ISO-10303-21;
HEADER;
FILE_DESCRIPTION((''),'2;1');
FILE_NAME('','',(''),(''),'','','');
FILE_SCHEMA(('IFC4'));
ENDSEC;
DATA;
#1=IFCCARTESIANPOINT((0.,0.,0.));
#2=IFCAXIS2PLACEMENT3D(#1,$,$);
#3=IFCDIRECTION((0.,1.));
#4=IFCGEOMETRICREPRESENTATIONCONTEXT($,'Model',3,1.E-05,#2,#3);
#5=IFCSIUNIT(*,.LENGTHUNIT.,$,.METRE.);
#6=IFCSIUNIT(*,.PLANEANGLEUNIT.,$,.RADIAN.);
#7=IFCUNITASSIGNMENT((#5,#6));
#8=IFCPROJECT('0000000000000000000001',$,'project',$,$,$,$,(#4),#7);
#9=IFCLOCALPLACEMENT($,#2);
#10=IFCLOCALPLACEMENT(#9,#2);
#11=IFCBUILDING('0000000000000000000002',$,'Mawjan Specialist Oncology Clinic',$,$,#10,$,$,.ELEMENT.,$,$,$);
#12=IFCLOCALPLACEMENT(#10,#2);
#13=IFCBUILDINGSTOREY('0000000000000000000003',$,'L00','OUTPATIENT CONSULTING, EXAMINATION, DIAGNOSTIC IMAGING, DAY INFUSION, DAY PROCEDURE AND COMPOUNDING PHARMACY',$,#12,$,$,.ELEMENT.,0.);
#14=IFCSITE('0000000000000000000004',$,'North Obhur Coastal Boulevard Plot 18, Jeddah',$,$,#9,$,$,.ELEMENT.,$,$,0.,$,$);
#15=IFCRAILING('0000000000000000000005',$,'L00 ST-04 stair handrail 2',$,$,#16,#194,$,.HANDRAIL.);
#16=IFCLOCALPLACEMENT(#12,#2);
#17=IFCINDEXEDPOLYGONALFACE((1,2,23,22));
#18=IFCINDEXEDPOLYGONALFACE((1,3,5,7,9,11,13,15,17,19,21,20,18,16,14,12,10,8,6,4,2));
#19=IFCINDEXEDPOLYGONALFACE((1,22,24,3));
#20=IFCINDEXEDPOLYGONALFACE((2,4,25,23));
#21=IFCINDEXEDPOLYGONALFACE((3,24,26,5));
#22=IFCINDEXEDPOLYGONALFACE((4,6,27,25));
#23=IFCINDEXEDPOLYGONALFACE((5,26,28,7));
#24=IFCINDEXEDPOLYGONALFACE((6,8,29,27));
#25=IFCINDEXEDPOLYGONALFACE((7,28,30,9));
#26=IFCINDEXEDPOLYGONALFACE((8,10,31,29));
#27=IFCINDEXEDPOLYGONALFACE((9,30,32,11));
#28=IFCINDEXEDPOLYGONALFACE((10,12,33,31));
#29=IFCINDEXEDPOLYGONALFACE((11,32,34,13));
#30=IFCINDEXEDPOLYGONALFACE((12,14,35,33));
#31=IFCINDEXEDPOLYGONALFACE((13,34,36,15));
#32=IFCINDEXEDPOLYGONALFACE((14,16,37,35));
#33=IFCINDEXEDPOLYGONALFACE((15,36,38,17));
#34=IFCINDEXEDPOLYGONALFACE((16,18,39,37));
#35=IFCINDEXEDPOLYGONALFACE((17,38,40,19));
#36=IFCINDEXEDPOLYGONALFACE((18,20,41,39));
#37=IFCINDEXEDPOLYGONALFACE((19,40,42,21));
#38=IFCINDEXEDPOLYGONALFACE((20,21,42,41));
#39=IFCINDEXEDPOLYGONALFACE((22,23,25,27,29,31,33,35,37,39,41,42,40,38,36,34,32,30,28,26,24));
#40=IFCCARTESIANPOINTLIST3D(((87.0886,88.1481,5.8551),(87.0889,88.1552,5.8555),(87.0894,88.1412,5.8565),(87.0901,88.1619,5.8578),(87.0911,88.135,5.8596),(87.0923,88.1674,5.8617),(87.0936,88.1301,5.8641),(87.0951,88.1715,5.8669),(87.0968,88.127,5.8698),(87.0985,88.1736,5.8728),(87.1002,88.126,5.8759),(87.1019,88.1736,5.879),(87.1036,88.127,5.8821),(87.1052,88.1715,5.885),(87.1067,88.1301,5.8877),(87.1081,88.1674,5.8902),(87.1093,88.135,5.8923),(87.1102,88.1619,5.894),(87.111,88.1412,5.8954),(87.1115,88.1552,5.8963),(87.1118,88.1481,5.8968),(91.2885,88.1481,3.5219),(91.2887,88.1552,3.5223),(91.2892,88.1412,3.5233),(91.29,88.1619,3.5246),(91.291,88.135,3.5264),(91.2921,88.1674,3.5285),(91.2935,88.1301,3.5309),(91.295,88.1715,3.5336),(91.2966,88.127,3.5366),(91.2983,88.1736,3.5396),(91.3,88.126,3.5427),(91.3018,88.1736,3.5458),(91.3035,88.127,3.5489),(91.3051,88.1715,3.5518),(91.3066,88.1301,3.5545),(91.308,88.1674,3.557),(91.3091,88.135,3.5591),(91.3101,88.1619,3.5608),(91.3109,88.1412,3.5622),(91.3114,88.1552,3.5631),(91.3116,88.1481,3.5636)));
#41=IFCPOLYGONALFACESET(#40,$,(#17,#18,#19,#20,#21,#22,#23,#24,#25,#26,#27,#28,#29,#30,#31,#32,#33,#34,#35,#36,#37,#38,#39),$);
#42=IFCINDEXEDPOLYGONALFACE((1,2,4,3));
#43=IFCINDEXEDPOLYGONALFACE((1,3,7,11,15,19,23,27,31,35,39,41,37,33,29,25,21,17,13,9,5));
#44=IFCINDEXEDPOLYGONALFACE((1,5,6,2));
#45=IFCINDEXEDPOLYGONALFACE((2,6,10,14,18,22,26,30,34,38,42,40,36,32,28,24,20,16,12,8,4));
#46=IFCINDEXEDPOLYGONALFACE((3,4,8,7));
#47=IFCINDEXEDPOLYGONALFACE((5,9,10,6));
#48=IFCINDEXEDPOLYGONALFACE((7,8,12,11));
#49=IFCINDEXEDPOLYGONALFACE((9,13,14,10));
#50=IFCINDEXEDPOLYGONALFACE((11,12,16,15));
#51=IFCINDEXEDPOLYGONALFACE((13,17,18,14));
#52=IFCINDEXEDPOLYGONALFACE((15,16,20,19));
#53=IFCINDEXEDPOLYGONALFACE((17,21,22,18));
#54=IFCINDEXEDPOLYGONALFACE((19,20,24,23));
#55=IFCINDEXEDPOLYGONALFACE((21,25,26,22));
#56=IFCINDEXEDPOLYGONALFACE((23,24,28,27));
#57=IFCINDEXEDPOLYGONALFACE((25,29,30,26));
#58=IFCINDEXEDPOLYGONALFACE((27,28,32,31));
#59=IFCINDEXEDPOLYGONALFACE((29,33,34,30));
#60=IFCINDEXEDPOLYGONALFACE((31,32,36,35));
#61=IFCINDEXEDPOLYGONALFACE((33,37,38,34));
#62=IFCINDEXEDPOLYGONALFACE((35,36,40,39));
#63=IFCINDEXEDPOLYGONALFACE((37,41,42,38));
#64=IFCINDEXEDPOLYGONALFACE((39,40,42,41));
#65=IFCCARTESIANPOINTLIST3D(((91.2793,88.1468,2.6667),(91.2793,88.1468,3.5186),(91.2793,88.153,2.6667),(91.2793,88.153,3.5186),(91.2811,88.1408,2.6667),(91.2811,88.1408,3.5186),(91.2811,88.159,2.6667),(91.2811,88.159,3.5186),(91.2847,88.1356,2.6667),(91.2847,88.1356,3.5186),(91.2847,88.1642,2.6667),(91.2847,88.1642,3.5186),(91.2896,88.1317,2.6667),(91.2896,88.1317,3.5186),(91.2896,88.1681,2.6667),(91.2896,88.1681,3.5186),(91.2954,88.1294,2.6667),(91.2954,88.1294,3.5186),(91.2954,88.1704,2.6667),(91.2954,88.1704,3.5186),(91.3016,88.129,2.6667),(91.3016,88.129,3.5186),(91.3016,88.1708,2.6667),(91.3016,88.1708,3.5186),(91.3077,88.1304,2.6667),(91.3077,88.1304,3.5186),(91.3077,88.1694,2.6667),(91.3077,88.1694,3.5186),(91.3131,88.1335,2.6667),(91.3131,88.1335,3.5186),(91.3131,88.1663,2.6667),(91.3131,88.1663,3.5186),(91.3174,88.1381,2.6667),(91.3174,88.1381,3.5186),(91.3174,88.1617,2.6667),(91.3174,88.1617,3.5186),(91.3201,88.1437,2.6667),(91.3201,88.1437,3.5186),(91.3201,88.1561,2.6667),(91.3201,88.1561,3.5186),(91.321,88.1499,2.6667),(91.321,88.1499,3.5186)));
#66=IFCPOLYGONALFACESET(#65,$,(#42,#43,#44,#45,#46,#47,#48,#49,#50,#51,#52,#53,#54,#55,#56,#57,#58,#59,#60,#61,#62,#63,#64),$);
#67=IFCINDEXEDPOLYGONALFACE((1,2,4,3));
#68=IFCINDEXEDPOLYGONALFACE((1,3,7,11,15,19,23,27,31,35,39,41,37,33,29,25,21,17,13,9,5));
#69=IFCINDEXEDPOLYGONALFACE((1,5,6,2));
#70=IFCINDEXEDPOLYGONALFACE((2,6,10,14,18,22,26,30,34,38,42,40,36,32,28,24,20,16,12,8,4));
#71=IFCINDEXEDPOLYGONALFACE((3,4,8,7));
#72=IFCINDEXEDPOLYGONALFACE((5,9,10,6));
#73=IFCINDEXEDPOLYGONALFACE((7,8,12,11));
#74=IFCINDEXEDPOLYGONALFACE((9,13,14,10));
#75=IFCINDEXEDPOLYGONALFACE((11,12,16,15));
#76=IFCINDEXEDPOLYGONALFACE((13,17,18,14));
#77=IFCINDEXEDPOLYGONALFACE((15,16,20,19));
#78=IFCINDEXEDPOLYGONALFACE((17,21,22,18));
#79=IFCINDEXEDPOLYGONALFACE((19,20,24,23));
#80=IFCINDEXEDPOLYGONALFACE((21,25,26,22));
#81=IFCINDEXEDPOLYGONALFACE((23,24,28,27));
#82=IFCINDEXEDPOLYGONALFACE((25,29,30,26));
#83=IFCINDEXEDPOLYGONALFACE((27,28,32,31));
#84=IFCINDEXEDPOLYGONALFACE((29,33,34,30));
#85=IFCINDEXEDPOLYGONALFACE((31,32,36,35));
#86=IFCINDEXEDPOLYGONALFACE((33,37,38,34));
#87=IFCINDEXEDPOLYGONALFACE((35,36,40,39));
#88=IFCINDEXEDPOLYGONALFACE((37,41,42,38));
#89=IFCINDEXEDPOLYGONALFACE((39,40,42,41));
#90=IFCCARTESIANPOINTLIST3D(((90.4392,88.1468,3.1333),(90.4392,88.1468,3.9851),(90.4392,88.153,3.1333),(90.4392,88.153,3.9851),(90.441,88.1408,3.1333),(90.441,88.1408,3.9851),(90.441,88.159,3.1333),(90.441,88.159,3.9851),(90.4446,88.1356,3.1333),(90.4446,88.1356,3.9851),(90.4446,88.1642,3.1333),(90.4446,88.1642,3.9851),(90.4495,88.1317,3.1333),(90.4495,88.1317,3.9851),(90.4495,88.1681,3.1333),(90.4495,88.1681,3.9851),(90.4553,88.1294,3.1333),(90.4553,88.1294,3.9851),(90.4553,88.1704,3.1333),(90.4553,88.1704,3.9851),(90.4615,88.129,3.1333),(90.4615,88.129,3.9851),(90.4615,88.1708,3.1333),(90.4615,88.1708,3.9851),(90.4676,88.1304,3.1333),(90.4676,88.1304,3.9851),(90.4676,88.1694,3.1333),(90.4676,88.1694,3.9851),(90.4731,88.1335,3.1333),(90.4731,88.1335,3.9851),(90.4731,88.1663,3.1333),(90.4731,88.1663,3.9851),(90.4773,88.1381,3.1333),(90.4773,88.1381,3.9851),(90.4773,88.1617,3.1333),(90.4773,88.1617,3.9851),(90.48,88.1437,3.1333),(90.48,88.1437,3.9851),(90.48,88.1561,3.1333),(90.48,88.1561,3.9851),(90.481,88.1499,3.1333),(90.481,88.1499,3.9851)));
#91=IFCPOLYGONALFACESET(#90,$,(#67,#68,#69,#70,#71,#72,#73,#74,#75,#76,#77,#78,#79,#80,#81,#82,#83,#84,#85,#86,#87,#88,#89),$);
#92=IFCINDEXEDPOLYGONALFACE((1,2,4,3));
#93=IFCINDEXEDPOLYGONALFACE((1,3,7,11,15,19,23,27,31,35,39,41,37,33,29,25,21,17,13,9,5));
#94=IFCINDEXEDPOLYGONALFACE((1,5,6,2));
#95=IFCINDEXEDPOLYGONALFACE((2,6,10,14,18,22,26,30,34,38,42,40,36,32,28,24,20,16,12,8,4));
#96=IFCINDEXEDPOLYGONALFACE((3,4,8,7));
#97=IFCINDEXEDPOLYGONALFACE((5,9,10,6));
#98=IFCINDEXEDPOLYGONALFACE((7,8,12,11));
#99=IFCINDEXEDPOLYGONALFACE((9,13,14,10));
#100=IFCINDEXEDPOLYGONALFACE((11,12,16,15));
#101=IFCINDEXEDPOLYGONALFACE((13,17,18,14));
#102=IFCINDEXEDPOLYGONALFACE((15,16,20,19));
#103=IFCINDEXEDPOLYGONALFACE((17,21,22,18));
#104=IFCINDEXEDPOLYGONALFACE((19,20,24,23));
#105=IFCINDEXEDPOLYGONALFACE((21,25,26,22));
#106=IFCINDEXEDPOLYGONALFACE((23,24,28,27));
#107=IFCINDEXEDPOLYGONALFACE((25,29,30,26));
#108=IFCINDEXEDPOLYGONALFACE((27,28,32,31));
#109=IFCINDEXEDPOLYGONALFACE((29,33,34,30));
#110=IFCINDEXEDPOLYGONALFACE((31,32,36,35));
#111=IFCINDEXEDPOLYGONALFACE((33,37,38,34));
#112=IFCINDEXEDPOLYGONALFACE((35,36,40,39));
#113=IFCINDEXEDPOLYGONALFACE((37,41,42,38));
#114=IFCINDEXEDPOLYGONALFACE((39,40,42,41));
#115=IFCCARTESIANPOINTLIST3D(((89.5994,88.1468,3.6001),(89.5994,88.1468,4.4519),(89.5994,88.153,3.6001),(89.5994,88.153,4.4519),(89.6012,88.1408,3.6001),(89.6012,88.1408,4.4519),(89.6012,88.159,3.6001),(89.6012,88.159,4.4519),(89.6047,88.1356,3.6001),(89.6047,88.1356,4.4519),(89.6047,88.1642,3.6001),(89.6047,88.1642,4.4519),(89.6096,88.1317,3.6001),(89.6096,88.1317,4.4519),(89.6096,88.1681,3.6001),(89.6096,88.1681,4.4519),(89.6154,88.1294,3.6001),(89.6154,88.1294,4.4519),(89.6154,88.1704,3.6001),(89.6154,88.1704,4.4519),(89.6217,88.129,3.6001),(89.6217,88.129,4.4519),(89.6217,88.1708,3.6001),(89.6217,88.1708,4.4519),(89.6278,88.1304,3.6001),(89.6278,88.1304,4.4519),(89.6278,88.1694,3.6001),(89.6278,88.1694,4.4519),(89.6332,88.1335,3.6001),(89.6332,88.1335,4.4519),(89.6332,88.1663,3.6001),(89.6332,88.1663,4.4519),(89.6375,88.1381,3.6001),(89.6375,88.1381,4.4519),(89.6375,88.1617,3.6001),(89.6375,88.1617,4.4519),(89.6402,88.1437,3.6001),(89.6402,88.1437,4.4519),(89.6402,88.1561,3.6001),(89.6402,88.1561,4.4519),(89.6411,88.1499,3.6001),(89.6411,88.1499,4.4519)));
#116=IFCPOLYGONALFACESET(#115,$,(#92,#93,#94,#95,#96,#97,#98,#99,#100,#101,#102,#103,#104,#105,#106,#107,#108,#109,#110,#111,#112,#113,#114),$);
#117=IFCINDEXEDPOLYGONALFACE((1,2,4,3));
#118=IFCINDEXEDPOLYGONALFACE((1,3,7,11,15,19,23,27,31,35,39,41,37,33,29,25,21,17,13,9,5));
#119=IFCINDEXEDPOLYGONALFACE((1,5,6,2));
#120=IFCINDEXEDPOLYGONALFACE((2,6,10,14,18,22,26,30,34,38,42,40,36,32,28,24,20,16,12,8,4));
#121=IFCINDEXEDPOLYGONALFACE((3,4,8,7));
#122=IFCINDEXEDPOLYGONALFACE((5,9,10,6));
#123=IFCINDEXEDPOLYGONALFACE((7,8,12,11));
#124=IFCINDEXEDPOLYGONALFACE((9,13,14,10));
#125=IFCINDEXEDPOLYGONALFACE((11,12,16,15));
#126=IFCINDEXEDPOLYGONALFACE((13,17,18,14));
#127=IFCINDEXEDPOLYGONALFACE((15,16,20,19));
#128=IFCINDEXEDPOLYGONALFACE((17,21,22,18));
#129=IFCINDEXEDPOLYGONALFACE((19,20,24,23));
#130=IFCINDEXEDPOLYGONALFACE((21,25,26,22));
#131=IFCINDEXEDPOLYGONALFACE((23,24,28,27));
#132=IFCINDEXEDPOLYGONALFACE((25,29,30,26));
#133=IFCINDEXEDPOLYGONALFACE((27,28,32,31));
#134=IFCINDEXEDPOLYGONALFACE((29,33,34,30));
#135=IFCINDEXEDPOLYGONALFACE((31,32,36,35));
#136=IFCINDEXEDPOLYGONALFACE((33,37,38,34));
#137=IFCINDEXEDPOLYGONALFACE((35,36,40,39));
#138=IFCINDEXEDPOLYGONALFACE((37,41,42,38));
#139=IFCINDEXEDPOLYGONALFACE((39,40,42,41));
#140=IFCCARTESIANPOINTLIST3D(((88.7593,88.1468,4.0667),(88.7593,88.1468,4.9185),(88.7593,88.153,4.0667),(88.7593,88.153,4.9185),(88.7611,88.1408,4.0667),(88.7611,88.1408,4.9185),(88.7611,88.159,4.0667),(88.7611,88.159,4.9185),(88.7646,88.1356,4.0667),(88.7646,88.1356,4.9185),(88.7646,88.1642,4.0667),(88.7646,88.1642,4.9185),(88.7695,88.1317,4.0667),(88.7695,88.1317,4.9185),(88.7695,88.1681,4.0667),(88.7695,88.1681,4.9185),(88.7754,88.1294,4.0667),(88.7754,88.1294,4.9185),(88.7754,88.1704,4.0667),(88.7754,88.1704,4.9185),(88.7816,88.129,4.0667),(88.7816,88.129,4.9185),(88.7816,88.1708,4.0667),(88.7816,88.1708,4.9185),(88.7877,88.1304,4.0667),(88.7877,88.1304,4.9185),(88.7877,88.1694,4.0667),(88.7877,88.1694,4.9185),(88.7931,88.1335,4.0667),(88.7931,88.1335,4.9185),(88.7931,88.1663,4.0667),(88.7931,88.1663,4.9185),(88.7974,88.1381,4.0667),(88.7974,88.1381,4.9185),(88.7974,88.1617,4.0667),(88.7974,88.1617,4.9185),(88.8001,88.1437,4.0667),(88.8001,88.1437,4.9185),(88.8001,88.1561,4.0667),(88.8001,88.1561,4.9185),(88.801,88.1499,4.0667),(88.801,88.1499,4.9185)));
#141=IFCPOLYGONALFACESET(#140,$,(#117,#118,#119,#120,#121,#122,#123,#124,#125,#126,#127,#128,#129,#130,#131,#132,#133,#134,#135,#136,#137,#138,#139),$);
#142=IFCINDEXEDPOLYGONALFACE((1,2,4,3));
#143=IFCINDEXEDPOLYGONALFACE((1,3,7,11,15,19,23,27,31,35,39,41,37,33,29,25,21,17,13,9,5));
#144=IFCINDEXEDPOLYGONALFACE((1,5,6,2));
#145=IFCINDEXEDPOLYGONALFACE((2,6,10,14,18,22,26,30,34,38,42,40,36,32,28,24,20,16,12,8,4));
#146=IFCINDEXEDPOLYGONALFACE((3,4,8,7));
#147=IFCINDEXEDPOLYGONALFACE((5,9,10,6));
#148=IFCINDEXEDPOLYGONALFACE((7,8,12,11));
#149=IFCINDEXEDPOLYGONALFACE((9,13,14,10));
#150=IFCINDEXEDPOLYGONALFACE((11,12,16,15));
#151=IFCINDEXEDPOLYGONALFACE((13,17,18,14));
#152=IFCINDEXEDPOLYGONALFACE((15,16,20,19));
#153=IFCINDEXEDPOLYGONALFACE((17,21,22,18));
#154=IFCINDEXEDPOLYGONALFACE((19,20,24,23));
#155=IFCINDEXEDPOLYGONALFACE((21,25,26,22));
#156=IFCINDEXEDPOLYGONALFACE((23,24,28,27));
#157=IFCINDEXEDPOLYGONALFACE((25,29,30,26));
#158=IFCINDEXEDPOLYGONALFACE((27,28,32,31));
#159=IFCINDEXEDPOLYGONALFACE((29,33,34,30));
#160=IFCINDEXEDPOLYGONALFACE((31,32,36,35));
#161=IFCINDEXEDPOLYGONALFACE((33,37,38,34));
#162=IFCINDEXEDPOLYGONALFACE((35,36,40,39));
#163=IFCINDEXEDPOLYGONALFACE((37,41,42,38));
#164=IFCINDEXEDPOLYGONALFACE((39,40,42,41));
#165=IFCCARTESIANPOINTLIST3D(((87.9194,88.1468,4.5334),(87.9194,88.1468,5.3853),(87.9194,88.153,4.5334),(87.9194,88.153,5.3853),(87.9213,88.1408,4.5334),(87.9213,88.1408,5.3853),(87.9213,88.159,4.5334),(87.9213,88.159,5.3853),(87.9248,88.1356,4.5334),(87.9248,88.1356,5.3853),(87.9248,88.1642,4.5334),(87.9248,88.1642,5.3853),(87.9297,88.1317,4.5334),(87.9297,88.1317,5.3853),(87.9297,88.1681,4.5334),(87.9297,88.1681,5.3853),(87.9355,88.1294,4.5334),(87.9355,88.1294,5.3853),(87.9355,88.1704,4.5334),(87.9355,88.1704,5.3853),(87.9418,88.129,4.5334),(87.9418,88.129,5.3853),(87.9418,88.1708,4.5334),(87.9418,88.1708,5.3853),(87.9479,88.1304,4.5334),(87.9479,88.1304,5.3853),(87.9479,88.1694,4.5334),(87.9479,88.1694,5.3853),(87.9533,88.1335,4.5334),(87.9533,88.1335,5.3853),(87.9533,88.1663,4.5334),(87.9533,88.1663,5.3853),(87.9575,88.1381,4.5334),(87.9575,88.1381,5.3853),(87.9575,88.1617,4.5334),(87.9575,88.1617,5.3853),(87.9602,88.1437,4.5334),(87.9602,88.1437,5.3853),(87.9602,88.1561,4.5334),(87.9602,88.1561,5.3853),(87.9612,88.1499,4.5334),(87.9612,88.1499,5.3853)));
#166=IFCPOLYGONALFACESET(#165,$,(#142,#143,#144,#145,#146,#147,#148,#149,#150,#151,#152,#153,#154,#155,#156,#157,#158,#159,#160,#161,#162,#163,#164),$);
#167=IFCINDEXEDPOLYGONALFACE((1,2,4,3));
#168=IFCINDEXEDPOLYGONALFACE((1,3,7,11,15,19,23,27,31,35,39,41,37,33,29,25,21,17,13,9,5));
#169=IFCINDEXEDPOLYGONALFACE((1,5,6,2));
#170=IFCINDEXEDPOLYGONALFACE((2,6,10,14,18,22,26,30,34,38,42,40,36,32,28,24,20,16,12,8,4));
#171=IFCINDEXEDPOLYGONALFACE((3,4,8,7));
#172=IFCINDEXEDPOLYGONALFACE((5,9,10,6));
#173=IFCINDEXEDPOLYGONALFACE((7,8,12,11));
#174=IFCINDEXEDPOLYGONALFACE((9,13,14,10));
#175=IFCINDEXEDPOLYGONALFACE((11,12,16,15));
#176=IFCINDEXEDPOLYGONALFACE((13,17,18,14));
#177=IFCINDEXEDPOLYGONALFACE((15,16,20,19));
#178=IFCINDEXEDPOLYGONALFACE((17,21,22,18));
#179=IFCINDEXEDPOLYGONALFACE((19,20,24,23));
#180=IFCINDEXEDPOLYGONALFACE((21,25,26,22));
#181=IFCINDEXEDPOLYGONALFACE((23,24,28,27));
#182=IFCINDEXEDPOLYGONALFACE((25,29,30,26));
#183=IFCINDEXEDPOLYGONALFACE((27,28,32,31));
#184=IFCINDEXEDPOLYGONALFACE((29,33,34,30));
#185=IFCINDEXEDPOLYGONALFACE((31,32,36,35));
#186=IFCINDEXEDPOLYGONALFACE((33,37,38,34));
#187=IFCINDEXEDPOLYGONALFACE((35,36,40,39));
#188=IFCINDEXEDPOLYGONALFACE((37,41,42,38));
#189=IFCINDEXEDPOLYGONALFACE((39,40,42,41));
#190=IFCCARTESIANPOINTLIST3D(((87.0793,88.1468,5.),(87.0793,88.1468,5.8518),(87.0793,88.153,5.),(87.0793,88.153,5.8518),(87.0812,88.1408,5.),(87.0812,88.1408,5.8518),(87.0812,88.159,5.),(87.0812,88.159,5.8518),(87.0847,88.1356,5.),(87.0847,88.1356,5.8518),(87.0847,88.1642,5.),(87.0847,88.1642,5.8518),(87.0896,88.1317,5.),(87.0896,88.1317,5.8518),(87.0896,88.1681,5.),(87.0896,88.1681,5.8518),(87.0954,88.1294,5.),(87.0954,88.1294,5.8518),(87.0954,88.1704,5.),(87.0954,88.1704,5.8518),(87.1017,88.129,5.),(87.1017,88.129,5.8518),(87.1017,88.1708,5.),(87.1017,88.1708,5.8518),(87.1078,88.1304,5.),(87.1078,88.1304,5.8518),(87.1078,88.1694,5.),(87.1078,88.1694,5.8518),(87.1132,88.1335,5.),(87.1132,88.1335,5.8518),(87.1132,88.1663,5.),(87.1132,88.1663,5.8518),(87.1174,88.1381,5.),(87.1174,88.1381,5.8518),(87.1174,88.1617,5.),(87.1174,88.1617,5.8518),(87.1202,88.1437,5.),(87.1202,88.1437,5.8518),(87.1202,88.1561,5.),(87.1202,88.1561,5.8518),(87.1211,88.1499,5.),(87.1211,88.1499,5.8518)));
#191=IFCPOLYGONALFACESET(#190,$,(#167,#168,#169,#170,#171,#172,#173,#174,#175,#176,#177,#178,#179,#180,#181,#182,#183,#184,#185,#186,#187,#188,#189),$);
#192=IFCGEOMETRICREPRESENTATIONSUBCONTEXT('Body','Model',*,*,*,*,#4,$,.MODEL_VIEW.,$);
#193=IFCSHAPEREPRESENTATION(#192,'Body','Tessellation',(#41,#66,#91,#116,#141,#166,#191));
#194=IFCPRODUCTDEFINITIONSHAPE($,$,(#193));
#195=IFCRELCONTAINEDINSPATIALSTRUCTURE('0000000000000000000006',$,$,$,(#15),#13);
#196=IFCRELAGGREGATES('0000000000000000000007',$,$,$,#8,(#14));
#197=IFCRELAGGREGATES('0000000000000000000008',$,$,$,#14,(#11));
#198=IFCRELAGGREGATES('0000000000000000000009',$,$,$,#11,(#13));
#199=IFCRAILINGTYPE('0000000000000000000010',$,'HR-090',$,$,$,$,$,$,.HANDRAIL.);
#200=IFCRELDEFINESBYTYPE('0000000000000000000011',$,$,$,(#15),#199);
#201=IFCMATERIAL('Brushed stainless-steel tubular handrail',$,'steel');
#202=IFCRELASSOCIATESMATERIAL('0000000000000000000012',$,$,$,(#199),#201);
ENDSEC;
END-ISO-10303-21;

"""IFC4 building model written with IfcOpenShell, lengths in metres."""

from ifc_helpers import new_model, si_unit, direction, frame, origin, origin_2d, place, context, subcontext, project, spatial, circle, extrude, material, type_object, element, save


model = new_model("IFC4")

# Units and contexts
model_context = context("Model", 3, precision=1e-05, world=origin(), true_north=direction((0.0, 1.0)))
body_context = subcontext(model_context, "Body", "Model", "MODEL_VIEW")
ifc_project = project(units=[si_unit("LENGTHUNIT", "METRE"), si_unit("PLANEANGLEUNIT", "RADIAN")], contexts=[model_context])

# Site, building, storey
site_placement = place(None, origin())
site = spatial("IfcSite", under=ifc_project, at=site_placement, Name="North Obhur Coastal Boulevard Plot 18, Jeddah", CompositionType="ELEMENT", RefElevation=0.0)
building_placement = place(site_placement, origin())
building = spatial("IfcBuilding", under=site, at=building_placement, Name="Mawjan Specialist Oncology Clinic", CompositionType="ELEMENT")
storey_placement = place(building_placement, origin())
storey = spatial("IfcBuildingStorey", under=building, at=storey_placement, Name="L00", Description="OUTPATIENT CONSULTING, EXAMINATION, DIAGNOSTIC IMAGING, DAY INFUSION, DAY PROCEDURE AND COMPOUNDING PHARMACY", CompositionType="ELEMENT", Elevation=0.0)

# Railing
ifc_material_1 = material(Name="Brushed stainless-steel tubular handrail", Category="steel")
railing_type_1 = type_object("IfcRailingType", Name="HR-090", PredefinedType="HANDRAIL", material=ifc_material_1)
railing_1_placement = place(storey_placement, frame((91.3, 88.1499, 2.6667)))
element("IfcRailing", 1, at=railing_1_placement, inside=storey, type_object=railing_type_1, Name="L00 ST-04 stair handrail 2", PredefinedType="HANDRAIL", context=body_context, shape_type="SweptSolid", body=[
    extrude(circle(Radius=0.0239, at=origin_2d()), frame((0.0, 0.0, 0.876), z_axis=(-0.874162, 0.0, 0.485634), x_axis=(0.0, -1.0, 0.0)), (0.0, 0.0, 1.0), 4.8044),
    extrude(circle(Radius=0.021, at=origin_2d()), origin(), (0.0, 0.0, 1.0), 0.8518),
    extrude(circle(Radius=0.021, at=origin_2d()), frame((-0.8401, 0.0, 0.4666)), (0.0, 0.0, 1.0), 0.8518),
    extrude(circle(Radius=0.021, at=origin_2d()), frame((-1.6799, 0.0, 0.9333)), (0.0, 0.0, 1.0), 0.8518),
    extrude(circle(Radius=0.021, at=origin_2d()), frame((-2.52, 0.0, 1.3999)), (0.0, 0.0, 1.0), 0.8518),
    extrude(circle(Radius=0.021, at=origin_2d()), frame((-3.3599, 0.0, 1.8667)), (0.0, 0.0, 1.0), 0.8518),
    extrude(circle(Radius=0.021, at=origin_2d()), frame((-4.2, 0.0, 2.3333)), (0.0, 0.0, 1.0), 0.8518),
])

save(model, "model.ifc")
